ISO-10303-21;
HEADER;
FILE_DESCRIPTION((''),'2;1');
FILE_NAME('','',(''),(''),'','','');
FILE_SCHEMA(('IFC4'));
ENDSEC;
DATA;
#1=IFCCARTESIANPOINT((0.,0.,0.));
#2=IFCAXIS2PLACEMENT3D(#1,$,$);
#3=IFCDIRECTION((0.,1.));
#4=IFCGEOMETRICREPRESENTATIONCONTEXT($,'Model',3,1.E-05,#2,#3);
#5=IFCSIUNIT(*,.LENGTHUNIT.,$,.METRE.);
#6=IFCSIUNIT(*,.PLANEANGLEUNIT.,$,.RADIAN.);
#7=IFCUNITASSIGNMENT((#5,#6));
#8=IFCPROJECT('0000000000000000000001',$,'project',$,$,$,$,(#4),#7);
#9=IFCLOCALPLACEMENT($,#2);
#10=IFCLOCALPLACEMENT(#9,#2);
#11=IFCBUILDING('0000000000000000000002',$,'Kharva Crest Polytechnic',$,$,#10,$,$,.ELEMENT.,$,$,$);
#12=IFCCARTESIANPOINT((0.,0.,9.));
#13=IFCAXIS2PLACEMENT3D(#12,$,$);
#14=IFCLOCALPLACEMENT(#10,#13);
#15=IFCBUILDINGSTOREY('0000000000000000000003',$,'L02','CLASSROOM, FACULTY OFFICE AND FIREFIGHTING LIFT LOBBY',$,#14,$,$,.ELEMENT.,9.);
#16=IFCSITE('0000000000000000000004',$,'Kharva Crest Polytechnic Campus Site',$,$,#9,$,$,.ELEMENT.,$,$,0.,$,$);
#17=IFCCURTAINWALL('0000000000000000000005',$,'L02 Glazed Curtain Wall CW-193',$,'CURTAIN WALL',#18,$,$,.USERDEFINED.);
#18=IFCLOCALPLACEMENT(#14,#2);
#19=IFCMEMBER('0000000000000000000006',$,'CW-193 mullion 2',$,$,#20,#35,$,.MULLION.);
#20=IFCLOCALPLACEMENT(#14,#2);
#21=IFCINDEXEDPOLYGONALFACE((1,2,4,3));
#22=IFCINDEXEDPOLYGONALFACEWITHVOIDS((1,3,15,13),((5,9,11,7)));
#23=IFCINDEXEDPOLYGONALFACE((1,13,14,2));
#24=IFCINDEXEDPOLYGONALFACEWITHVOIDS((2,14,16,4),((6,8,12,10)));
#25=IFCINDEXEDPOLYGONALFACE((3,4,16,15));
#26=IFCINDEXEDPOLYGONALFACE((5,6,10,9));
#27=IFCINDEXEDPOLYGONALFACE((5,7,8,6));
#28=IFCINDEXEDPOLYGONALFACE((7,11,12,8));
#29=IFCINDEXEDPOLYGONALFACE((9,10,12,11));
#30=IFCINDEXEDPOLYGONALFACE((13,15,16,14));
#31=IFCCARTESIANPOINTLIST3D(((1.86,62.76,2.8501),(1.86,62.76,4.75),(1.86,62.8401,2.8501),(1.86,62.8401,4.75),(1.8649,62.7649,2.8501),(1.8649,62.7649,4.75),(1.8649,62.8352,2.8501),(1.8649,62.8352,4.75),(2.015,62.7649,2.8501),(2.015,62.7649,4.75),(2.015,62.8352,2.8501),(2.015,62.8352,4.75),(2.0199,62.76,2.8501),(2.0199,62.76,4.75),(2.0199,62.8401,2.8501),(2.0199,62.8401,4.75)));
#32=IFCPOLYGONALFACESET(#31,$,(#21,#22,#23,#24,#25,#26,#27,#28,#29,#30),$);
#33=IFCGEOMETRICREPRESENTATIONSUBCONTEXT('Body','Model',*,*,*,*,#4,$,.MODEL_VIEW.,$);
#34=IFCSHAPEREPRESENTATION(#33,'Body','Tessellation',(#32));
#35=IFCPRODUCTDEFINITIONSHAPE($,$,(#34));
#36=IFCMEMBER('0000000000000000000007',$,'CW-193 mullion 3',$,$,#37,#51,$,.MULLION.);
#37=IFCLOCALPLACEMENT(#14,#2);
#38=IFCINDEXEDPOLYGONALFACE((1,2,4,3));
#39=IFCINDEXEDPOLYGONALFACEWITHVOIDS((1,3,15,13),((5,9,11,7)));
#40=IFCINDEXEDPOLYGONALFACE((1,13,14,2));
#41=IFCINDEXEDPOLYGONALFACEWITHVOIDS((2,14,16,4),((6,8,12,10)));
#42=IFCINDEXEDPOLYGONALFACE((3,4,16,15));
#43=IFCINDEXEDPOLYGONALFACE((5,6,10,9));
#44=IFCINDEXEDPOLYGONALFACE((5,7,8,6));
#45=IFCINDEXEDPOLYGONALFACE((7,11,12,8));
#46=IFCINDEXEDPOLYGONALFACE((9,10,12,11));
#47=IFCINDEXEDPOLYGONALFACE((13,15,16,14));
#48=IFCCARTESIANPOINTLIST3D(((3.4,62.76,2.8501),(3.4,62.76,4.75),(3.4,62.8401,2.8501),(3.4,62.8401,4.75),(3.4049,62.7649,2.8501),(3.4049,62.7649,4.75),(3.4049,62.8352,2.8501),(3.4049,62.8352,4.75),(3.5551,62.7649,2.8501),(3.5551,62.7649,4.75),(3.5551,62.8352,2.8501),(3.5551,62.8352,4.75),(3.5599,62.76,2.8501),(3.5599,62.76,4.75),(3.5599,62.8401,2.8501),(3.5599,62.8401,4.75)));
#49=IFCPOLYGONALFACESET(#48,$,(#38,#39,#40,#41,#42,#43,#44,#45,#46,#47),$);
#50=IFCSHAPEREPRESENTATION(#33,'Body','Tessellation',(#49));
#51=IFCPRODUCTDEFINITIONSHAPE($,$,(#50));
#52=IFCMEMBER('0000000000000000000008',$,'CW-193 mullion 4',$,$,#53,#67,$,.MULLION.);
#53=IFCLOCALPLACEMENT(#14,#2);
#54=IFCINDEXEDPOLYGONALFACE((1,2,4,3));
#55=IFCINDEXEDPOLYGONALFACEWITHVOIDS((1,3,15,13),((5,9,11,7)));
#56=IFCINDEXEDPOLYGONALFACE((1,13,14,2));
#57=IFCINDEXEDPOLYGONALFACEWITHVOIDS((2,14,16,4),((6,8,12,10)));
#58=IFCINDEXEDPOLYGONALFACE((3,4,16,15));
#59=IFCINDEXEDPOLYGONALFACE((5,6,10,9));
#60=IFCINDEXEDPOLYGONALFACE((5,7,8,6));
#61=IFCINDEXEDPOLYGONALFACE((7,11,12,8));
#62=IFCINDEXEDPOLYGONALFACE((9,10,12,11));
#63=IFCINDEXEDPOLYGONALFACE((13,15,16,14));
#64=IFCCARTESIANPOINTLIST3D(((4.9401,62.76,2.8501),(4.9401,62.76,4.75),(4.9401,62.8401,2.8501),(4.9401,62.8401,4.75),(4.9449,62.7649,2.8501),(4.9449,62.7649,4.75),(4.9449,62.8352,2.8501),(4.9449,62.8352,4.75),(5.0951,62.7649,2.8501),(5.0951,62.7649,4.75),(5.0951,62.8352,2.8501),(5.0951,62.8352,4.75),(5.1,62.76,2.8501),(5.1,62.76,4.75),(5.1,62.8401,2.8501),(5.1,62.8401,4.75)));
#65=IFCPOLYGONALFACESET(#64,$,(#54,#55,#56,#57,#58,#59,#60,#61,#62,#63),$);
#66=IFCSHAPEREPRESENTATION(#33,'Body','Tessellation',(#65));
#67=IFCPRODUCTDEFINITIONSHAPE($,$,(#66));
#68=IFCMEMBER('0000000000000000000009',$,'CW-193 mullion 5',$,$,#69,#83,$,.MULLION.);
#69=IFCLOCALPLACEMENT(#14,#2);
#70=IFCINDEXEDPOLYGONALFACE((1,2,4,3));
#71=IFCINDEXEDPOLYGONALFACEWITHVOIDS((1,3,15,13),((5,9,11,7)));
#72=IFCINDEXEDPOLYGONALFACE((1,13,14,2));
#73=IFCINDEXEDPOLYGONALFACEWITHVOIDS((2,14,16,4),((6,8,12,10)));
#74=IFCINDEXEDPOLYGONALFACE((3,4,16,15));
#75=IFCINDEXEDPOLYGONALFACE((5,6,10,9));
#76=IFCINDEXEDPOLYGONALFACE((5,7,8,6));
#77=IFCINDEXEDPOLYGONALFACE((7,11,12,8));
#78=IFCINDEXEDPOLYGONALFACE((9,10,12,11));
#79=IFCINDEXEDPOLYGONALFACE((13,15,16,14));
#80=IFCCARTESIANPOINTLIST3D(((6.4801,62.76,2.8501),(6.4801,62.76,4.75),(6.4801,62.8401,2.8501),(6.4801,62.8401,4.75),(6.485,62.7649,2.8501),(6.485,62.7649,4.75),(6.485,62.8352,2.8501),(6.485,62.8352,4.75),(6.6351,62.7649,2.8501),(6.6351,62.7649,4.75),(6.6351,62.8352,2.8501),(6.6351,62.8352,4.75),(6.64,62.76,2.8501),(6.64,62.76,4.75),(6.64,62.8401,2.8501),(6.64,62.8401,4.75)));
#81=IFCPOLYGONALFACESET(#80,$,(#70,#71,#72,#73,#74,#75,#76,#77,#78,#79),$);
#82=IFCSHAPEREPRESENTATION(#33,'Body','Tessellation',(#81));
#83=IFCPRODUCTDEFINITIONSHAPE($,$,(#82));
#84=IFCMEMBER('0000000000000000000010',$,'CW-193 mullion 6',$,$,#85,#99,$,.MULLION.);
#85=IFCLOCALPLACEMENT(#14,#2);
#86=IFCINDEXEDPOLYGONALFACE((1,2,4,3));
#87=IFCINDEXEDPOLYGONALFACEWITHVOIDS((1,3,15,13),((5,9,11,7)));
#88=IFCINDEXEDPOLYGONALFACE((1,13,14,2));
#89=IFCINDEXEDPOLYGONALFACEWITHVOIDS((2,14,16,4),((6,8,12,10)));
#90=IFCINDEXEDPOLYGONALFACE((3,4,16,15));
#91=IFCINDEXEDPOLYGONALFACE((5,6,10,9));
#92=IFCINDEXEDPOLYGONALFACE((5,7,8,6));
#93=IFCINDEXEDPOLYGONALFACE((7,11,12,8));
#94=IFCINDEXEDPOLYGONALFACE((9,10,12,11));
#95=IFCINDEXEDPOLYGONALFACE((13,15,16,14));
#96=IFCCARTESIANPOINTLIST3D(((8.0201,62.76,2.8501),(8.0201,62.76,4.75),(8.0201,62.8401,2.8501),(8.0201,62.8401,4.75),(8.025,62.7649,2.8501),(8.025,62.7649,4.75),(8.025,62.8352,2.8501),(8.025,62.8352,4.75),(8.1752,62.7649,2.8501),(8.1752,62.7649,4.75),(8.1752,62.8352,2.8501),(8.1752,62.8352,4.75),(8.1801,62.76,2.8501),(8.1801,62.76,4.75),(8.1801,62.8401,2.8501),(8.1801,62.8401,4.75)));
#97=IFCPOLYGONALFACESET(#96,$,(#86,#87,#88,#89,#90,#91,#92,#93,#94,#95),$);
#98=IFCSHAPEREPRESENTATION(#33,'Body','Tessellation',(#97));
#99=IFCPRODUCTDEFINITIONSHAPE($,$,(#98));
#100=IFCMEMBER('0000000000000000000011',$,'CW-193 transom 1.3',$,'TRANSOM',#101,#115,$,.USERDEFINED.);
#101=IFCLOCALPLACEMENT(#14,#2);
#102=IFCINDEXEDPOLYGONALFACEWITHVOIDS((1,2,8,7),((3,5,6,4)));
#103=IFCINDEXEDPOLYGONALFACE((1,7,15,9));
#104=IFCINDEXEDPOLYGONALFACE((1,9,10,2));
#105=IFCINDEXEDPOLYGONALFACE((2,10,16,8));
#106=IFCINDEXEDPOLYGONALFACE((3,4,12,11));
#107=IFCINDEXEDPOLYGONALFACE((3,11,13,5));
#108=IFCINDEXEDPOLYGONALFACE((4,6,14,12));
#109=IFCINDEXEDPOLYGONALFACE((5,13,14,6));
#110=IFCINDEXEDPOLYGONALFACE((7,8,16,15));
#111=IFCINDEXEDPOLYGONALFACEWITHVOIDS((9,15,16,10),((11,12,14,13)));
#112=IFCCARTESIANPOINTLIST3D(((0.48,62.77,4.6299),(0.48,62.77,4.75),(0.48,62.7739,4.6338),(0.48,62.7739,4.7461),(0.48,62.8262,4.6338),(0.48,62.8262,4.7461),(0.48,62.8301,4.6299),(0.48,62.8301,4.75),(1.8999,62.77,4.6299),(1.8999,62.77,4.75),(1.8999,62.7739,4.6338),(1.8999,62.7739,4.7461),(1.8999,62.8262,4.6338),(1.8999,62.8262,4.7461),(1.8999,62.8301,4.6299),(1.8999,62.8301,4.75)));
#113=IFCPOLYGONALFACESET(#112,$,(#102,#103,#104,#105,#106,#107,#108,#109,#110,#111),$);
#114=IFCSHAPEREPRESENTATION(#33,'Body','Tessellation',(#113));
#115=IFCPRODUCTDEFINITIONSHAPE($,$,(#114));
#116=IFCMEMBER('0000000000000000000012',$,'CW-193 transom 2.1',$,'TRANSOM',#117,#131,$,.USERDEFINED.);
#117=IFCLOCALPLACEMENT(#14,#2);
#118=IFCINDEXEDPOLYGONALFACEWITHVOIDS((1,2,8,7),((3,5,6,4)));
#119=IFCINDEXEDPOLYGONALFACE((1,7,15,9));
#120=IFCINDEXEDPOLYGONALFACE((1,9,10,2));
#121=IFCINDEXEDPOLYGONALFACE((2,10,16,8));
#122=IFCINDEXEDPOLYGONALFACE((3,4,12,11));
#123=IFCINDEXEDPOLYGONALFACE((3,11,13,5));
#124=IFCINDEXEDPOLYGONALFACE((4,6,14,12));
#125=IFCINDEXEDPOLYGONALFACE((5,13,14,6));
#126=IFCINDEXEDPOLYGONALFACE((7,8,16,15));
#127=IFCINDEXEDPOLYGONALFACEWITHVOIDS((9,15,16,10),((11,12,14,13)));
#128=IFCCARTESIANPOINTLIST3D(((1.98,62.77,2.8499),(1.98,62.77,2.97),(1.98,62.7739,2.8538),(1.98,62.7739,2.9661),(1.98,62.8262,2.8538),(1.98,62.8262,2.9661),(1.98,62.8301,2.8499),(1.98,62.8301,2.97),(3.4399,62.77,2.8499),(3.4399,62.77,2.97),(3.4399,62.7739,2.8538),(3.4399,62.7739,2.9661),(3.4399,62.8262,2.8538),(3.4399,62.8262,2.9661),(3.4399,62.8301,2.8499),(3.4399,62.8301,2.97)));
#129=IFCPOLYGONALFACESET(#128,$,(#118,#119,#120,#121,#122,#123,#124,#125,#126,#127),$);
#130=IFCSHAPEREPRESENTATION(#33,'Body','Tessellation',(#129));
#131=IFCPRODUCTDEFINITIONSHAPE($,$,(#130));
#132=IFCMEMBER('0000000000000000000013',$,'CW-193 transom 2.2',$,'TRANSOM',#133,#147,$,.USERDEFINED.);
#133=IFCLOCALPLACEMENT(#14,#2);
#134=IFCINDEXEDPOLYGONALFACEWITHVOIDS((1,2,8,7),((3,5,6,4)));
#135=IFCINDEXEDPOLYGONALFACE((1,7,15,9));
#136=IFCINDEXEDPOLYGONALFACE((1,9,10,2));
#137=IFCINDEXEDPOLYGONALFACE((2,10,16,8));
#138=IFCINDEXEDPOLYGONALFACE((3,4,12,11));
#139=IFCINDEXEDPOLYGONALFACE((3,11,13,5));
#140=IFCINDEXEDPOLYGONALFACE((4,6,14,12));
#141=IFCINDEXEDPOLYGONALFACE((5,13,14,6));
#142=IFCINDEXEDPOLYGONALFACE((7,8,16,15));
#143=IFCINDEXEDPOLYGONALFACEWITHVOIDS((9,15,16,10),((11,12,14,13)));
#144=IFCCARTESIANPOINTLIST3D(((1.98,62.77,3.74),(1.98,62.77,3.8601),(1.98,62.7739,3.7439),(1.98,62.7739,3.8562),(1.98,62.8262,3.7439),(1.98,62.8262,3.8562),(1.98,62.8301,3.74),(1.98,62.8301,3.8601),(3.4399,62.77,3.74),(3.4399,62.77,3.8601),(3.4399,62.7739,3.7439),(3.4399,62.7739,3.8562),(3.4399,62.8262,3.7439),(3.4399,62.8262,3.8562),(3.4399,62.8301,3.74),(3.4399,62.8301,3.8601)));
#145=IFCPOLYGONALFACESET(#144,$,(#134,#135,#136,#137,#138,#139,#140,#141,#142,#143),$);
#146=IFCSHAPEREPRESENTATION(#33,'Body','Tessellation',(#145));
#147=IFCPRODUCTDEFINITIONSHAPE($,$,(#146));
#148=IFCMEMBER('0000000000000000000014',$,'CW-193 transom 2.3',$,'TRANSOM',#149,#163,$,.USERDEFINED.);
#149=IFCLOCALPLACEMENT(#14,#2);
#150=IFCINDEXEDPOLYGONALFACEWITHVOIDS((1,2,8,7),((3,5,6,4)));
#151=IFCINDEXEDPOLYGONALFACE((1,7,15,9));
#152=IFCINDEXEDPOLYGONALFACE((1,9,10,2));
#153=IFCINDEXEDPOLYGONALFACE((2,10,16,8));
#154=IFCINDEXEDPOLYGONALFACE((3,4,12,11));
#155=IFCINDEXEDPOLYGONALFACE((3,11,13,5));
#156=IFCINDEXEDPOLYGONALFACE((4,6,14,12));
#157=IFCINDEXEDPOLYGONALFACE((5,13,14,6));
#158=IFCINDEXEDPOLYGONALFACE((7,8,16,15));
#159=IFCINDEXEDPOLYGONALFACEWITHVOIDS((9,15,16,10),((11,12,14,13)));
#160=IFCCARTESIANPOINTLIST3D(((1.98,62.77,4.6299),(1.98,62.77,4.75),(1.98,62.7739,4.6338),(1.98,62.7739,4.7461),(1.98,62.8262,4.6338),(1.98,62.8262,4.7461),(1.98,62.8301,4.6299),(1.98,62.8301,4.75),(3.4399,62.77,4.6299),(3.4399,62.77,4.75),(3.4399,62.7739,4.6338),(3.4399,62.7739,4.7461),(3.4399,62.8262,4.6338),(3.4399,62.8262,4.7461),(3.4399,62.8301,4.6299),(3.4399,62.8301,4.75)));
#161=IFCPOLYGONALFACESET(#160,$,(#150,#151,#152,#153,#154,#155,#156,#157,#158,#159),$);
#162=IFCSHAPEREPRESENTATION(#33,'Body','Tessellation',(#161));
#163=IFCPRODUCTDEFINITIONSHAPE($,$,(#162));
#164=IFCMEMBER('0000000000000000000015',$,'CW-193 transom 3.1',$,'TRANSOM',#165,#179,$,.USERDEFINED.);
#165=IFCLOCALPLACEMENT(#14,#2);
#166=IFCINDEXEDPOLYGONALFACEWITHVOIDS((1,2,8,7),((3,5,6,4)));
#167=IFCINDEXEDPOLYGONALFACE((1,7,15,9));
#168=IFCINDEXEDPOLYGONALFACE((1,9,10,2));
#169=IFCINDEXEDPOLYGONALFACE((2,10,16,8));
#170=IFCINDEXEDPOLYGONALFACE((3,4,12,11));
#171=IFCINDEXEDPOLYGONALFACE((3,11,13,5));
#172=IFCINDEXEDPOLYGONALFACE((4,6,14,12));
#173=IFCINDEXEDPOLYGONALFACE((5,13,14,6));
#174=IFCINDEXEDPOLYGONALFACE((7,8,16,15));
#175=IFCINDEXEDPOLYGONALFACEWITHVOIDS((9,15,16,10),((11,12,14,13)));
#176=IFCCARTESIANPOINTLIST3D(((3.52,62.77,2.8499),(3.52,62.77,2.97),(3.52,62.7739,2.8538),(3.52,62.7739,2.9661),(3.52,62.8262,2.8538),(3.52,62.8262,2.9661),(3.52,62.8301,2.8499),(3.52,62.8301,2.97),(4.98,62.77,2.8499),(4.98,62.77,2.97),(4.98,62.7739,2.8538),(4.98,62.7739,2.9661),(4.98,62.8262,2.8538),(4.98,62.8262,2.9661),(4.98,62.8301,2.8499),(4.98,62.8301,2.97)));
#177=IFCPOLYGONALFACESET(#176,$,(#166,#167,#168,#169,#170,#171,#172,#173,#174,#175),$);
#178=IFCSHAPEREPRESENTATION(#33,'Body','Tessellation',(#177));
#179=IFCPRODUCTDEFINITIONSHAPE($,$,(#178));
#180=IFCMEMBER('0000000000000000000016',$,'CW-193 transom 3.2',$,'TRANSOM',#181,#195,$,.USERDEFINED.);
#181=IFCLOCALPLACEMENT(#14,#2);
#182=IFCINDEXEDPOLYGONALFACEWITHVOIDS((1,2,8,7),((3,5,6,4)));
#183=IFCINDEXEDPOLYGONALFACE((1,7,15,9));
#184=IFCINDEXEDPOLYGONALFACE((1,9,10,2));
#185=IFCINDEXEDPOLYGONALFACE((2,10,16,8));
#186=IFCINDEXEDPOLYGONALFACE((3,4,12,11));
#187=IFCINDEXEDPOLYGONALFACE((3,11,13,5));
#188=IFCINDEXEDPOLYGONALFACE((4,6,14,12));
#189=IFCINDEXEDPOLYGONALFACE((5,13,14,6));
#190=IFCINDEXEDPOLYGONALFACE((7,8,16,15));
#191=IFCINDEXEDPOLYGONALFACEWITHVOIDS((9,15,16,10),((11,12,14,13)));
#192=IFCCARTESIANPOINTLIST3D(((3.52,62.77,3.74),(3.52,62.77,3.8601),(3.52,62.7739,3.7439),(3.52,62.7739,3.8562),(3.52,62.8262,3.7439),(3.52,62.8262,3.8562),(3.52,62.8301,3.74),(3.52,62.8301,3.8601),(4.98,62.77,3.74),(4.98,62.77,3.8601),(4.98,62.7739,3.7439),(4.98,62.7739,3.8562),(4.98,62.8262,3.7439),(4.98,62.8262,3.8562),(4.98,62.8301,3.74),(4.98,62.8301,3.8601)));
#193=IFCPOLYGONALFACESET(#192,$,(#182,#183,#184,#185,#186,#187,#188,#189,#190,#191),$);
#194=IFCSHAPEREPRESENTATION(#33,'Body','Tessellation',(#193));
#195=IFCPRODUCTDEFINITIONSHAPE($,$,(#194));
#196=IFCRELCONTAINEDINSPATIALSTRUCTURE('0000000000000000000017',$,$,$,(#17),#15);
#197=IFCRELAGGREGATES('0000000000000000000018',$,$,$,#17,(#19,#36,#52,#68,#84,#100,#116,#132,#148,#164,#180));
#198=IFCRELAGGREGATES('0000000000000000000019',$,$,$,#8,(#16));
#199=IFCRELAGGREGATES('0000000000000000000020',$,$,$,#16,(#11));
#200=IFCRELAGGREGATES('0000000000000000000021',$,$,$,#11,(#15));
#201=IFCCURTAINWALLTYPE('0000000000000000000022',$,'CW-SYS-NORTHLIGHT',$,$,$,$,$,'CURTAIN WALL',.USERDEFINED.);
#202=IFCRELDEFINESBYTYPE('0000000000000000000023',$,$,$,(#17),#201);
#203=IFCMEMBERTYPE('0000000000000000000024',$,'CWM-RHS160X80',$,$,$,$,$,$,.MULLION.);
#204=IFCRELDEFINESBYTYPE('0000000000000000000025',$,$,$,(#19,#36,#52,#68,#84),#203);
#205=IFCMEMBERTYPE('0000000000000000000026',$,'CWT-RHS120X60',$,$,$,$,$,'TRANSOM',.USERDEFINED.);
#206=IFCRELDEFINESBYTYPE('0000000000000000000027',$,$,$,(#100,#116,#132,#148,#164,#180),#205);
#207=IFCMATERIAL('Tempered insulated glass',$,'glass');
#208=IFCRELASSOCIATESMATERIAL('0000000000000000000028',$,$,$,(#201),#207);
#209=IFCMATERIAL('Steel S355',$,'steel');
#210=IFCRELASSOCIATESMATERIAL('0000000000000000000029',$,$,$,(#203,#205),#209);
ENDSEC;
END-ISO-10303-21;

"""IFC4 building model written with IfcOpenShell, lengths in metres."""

from ifc_helpers import new_model, si_unit, direction, frame, origin, origin_2d, place, context, subcontext, project, spatial, hollow_rectangle, extrude, material, material_profile, profile_set, type_object, element, aggregate, save


model = new_model("IFC4")

# Units and contexts
model_context = context("Model", 3, precision=1e-05, world=origin(), true_north=direction((0.0, 1.0)))
body_context = subcontext(model_context, "Body", "Model", "MODEL_VIEW")
ifc_project = project(units=[si_unit("LENGTHUNIT", "METRE"), si_unit("PLANEANGLEUNIT", "RADIAN")], contexts=[model_context])

# Site, building, storey
site_placement = place(None, origin())
site = spatial("IfcSite", under=ifc_project, at=site_placement, Name="Kharva Crest Polytechnic Campus Site", CompositionType="ELEMENT", RefElevation=0.0)
building_placement = place(site_placement, origin())
building = spatial("IfcBuilding", under=site, at=building_placement, Name="Kharva Crest Polytechnic", CompositionType="ELEMENT")
storey_placement = place(building_placement, frame((0.0, 0.0, 9.0)))
storey = spatial("IfcBuildingStorey", under=building, at=storey_placement, Name="L02", Description="CLASSROOM, FACULTY OFFICE AND FIREFIGHTING LIFT LOBBY", CompositionType="ELEMENT", Elevation=9.0)

# Curtain wall, members
ifc_material_1 = material(Name="Tempered insulated glass", Category="glass")
curtain_wall_type = type_object("IfcCurtainWallType", Name="CW-SYS-NORTHLIGHT", ElementType="CURTAIN WALL", PredefinedType="USERDEFINED", material=ifc_material_1)
curtain_wall_placement = place(storey_placement, origin())
curtain_wall = element("IfcCurtainWall", 1, at=curtain_wall_placement, inside=storey, type_object=curtain_wall_type, Name="L02 Glazed Curtain Wall CW-193", ObjectType="CURTAIN WALL", PredefinedType="USERDEFINED")
ifc_material_2 = material(Name="Steel S355", Category="steel")
ifc_material_profile_1 = material_profile(ifc_material_2, hollow_rectangle(XDim=0.0801, YDim=0.1599, WallThickness=0.0049, at=origin_2d()), Name="RHS 160X80X5.0")
ifc_profile_set_1 = profile_set([ifc_material_profile_1], Name="Steel S355")
member_type_1 = type_object("IfcMemberType", Name="CWM-RHS160X80", PredefinedType="MULLION", material=ifc_profile_set_1)
member_1_placement = place(storey_placement, frame((1.9399, 62.8, 2.8501), z_axis=(0.0, 0.0, 1.0), x_axis=(0.0, 1.0, 0.0)))
member_1 = element("IfcMember", 2, at=member_1_placement, type_object=member_type_1, Name="CW-193 mullion 2", PredefinedType="MULLION", context=body_context, shape_type="SweptSolid", body=[
    extrude(hollow_rectangle(XDim=0.0801, YDim=0.1599, WallThickness=0.0049, at=origin_2d()), origin(), (0.0, 0.0, 1.0), 1.8999),
])
member_2_placement = place(storey_placement, frame((3.48, 62.8, 2.8501), z_axis=(0.0, 0.0, 1.0), x_axis=(0.0, 1.0, 0.0)))
member_2 = element("IfcMember", 3, at=member_2_placement, type_object=member_type_1, Name="CW-193 mullion 3", PredefinedType="MULLION", context=body_context, shape_type="SweptSolid", body=[
    extrude(hollow_rectangle(XDim=0.0801, YDim=0.1599, WallThickness=0.0049, at=origin_2d()), origin(), (0.0, 0.0, 1.0), 1.8999),
])
member_3_placement = place(storey_placement, frame((5.02, 62.8, 2.8501), z_axis=(0.0, 0.0, 1.0), x_axis=(0.0, 1.0, 0.0)))
member_3 = element("IfcMember", 4, at=member_3_placement, type_object=member_type_1, Name="CW-193 mullion 4", PredefinedType="MULLION", context=body_context, shape_type="SweptSolid", body=[
    extrude(hollow_rectangle(XDim=0.0801, YDim=0.1599, WallThickness=0.0049, at=origin_2d()), origin(), (0.0, 0.0, 1.0), 1.8999),
])
member_4_placement = place(storey_placement, frame((6.5601, 62.8, 2.8501), z_axis=(0.0, 0.0, 1.0), x_axis=(0.0, 1.0, 0.0)))
member_4 = element("IfcMember", 5, at=member_4_placement, type_object=member_type_1, Name="CW-193 mullion 5", PredefinedType="MULLION", context=body_context, shape_type="SweptSolid", body=[
    extrude(hollow_rectangle(XDim=0.0801, YDim=0.1599, WallThickness=0.0049, at=origin_2d()), origin(), (0.0, 0.0, 1.0), 1.8999),
])
member_5_placement = place(storey_placement, frame((8.1001, 62.8, 2.8501), z_axis=(0.0, 0.0, 1.0), x_axis=(0.0, 1.0, 0.0)))
member_5 = element("IfcMember", 6, at=member_5_placement, type_object=member_type_1, Name="CW-193 mullion 6", PredefinedType="MULLION", context=body_context, shape_type="SweptSolid", body=[
    extrude(hollow_rectangle(XDim=0.0801, YDim=0.1599, WallThickness=0.0049, at=origin_2d()), origin(), (0.0, 0.0, 1.0), 1.8999),
])
ifc_material_profile_2 = material_profile(ifc_material_2, hollow_rectangle(XDim=0.0601, YDim=0.1201, WallThickness=0.0039, at=origin_2d()), Name="RHS 120X60X4.0")
ifc_profile_set_2 = profile_set([ifc_material_profile_2], Name="Steel S355")
member_type_2 = type_object("IfcMemberType", Name="CWT-RHS120X60", ElementType="TRANSOM", PredefinedType="USERDEFINED", material=ifc_profile_set_2)
member_6_placement = place(storey_placement, frame((0.48, 62.8, 4.6899), z_axis=(1.0, 0.0, 0.0), x_axis=(0.0, 1.0, 0.0)))
member_6 = element("IfcMember", 7, at=member_6_placement, type_object=member_type_2, Name="CW-193 transom 1.3", ObjectType="TRANSOM", PredefinedType="USERDEFINED", context=body_context, shape_type="SweptSolid", body=[
    extrude(hollow_rectangle(XDim=0.0601, YDim=0.1201, WallThickness=0.0039, at=origin_2d()), origin(), (0.0, 0.0, 1.0), 1.4199),
])
member_7_placement = place(storey_placement, frame((1.98, 62.8, 2.9099), z_axis=(1.0, 0.0, 0.0), x_axis=(0.0, 1.0, 0.0)))
member_7 = element("IfcMember", 8, at=member_7_placement, type_object=member_type_2, Name="CW-193 transom 2.1", ObjectType="TRANSOM", PredefinedType="USERDEFINED", context=body_context, shape_type="SweptSolid", body=[
    extrude(hollow_rectangle(XDim=0.0601, YDim=0.1201, WallThickness=0.0039, at=origin_2d()), origin(), (0.0, 0.0, 1.0), 1.46),
])
member_8_placement = place(storey_placement, frame((1.98, 62.8, 3.8), z_axis=(1.0, 0.0, 0.0), x_axis=(0.0, 1.0, 0.0)))
member_8 = element("IfcMember", 9, at=member_8_placement, type_object=member_type_2, Name="CW-193 transom 2.2", ObjectType="TRANSOM", PredefinedType="USERDEFINED", context=body_context, shape_type="SweptSolid", body=[
    extrude(hollow_rectangle(XDim=0.0601, YDim=0.1201, WallThickness=0.0039, at=origin_2d()), origin(), (0.0, 0.0, 1.0), 1.46),
])
member_9_placement = place(storey_placement, frame((1.98, 62.8, 4.6899), z_axis=(1.0, 0.0, 0.0), x_axis=(0.0, 1.0, 0.0)))
member_9 = element("IfcMember", 10, at=member_9_placement, type_object=member_type_2, Name="CW-193 transom 2.3", ObjectType="TRANSOM", PredefinedType="USERDEFINED", context=body_context, shape_type="SweptSolid", body=[
    extrude(hollow_rectangle(XDim=0.0601, YDim=0.1201, WallThickness=0.0039, at=origin_2d()), origin(), (0.0, 0.0, 1.0), 1.46),
])
member_10_placement = place(storey_placement, frame((3.52, 62.8, 2.9099), z_axis=(1.0, 0.0, 0.0), x_axis=(0.0, 1.0, 0.0)))
member_10 = element("IfcMember", 11, at=member_10_placement, type_object=member_type_2, Name="CW-193 transom 3.1", ObjectType="TRANSOM", PredefinedType="USERDEFINED", context=body_context, shape_type="SweptSolid", body=[
    extrude(hollow_rectangle(XDim=0.0601, YDim=0.1201, WallThickness=0.0039, at=origin_2d()), origin(), (0.0, 0.0, 1.0), 1.46),
])
member_11_placement = place(storey_placement, frame((3.52, 62.8, 3.8), z_axis=(1.0, 0.0, 0.0), x_axis=(0.0, 1.0, 0.0)))
member_11 = element("IfcMember", 12, at=member_11_placement, type_object=member_type_2, Name="CW-193 transom 3.2", ObjectType="TRANSOM", PredefinedType="USERDEFINED", context=body_context, shape_type="SweptSolid", body=[
    extrude(hollow_rectangle(XDim=0.0601, YDim=0.1201, WallThickness=0.0039, at=origin_2d()), origin(), (0.0, 0.0, 1.0), 1.46),
])

aggregate(curtain_wall, [member_1, member_2, member_3, member_4, member_5, member_6, member_7, member_8, member_9, member_10, member_11])

save(model, "model.ifc")
